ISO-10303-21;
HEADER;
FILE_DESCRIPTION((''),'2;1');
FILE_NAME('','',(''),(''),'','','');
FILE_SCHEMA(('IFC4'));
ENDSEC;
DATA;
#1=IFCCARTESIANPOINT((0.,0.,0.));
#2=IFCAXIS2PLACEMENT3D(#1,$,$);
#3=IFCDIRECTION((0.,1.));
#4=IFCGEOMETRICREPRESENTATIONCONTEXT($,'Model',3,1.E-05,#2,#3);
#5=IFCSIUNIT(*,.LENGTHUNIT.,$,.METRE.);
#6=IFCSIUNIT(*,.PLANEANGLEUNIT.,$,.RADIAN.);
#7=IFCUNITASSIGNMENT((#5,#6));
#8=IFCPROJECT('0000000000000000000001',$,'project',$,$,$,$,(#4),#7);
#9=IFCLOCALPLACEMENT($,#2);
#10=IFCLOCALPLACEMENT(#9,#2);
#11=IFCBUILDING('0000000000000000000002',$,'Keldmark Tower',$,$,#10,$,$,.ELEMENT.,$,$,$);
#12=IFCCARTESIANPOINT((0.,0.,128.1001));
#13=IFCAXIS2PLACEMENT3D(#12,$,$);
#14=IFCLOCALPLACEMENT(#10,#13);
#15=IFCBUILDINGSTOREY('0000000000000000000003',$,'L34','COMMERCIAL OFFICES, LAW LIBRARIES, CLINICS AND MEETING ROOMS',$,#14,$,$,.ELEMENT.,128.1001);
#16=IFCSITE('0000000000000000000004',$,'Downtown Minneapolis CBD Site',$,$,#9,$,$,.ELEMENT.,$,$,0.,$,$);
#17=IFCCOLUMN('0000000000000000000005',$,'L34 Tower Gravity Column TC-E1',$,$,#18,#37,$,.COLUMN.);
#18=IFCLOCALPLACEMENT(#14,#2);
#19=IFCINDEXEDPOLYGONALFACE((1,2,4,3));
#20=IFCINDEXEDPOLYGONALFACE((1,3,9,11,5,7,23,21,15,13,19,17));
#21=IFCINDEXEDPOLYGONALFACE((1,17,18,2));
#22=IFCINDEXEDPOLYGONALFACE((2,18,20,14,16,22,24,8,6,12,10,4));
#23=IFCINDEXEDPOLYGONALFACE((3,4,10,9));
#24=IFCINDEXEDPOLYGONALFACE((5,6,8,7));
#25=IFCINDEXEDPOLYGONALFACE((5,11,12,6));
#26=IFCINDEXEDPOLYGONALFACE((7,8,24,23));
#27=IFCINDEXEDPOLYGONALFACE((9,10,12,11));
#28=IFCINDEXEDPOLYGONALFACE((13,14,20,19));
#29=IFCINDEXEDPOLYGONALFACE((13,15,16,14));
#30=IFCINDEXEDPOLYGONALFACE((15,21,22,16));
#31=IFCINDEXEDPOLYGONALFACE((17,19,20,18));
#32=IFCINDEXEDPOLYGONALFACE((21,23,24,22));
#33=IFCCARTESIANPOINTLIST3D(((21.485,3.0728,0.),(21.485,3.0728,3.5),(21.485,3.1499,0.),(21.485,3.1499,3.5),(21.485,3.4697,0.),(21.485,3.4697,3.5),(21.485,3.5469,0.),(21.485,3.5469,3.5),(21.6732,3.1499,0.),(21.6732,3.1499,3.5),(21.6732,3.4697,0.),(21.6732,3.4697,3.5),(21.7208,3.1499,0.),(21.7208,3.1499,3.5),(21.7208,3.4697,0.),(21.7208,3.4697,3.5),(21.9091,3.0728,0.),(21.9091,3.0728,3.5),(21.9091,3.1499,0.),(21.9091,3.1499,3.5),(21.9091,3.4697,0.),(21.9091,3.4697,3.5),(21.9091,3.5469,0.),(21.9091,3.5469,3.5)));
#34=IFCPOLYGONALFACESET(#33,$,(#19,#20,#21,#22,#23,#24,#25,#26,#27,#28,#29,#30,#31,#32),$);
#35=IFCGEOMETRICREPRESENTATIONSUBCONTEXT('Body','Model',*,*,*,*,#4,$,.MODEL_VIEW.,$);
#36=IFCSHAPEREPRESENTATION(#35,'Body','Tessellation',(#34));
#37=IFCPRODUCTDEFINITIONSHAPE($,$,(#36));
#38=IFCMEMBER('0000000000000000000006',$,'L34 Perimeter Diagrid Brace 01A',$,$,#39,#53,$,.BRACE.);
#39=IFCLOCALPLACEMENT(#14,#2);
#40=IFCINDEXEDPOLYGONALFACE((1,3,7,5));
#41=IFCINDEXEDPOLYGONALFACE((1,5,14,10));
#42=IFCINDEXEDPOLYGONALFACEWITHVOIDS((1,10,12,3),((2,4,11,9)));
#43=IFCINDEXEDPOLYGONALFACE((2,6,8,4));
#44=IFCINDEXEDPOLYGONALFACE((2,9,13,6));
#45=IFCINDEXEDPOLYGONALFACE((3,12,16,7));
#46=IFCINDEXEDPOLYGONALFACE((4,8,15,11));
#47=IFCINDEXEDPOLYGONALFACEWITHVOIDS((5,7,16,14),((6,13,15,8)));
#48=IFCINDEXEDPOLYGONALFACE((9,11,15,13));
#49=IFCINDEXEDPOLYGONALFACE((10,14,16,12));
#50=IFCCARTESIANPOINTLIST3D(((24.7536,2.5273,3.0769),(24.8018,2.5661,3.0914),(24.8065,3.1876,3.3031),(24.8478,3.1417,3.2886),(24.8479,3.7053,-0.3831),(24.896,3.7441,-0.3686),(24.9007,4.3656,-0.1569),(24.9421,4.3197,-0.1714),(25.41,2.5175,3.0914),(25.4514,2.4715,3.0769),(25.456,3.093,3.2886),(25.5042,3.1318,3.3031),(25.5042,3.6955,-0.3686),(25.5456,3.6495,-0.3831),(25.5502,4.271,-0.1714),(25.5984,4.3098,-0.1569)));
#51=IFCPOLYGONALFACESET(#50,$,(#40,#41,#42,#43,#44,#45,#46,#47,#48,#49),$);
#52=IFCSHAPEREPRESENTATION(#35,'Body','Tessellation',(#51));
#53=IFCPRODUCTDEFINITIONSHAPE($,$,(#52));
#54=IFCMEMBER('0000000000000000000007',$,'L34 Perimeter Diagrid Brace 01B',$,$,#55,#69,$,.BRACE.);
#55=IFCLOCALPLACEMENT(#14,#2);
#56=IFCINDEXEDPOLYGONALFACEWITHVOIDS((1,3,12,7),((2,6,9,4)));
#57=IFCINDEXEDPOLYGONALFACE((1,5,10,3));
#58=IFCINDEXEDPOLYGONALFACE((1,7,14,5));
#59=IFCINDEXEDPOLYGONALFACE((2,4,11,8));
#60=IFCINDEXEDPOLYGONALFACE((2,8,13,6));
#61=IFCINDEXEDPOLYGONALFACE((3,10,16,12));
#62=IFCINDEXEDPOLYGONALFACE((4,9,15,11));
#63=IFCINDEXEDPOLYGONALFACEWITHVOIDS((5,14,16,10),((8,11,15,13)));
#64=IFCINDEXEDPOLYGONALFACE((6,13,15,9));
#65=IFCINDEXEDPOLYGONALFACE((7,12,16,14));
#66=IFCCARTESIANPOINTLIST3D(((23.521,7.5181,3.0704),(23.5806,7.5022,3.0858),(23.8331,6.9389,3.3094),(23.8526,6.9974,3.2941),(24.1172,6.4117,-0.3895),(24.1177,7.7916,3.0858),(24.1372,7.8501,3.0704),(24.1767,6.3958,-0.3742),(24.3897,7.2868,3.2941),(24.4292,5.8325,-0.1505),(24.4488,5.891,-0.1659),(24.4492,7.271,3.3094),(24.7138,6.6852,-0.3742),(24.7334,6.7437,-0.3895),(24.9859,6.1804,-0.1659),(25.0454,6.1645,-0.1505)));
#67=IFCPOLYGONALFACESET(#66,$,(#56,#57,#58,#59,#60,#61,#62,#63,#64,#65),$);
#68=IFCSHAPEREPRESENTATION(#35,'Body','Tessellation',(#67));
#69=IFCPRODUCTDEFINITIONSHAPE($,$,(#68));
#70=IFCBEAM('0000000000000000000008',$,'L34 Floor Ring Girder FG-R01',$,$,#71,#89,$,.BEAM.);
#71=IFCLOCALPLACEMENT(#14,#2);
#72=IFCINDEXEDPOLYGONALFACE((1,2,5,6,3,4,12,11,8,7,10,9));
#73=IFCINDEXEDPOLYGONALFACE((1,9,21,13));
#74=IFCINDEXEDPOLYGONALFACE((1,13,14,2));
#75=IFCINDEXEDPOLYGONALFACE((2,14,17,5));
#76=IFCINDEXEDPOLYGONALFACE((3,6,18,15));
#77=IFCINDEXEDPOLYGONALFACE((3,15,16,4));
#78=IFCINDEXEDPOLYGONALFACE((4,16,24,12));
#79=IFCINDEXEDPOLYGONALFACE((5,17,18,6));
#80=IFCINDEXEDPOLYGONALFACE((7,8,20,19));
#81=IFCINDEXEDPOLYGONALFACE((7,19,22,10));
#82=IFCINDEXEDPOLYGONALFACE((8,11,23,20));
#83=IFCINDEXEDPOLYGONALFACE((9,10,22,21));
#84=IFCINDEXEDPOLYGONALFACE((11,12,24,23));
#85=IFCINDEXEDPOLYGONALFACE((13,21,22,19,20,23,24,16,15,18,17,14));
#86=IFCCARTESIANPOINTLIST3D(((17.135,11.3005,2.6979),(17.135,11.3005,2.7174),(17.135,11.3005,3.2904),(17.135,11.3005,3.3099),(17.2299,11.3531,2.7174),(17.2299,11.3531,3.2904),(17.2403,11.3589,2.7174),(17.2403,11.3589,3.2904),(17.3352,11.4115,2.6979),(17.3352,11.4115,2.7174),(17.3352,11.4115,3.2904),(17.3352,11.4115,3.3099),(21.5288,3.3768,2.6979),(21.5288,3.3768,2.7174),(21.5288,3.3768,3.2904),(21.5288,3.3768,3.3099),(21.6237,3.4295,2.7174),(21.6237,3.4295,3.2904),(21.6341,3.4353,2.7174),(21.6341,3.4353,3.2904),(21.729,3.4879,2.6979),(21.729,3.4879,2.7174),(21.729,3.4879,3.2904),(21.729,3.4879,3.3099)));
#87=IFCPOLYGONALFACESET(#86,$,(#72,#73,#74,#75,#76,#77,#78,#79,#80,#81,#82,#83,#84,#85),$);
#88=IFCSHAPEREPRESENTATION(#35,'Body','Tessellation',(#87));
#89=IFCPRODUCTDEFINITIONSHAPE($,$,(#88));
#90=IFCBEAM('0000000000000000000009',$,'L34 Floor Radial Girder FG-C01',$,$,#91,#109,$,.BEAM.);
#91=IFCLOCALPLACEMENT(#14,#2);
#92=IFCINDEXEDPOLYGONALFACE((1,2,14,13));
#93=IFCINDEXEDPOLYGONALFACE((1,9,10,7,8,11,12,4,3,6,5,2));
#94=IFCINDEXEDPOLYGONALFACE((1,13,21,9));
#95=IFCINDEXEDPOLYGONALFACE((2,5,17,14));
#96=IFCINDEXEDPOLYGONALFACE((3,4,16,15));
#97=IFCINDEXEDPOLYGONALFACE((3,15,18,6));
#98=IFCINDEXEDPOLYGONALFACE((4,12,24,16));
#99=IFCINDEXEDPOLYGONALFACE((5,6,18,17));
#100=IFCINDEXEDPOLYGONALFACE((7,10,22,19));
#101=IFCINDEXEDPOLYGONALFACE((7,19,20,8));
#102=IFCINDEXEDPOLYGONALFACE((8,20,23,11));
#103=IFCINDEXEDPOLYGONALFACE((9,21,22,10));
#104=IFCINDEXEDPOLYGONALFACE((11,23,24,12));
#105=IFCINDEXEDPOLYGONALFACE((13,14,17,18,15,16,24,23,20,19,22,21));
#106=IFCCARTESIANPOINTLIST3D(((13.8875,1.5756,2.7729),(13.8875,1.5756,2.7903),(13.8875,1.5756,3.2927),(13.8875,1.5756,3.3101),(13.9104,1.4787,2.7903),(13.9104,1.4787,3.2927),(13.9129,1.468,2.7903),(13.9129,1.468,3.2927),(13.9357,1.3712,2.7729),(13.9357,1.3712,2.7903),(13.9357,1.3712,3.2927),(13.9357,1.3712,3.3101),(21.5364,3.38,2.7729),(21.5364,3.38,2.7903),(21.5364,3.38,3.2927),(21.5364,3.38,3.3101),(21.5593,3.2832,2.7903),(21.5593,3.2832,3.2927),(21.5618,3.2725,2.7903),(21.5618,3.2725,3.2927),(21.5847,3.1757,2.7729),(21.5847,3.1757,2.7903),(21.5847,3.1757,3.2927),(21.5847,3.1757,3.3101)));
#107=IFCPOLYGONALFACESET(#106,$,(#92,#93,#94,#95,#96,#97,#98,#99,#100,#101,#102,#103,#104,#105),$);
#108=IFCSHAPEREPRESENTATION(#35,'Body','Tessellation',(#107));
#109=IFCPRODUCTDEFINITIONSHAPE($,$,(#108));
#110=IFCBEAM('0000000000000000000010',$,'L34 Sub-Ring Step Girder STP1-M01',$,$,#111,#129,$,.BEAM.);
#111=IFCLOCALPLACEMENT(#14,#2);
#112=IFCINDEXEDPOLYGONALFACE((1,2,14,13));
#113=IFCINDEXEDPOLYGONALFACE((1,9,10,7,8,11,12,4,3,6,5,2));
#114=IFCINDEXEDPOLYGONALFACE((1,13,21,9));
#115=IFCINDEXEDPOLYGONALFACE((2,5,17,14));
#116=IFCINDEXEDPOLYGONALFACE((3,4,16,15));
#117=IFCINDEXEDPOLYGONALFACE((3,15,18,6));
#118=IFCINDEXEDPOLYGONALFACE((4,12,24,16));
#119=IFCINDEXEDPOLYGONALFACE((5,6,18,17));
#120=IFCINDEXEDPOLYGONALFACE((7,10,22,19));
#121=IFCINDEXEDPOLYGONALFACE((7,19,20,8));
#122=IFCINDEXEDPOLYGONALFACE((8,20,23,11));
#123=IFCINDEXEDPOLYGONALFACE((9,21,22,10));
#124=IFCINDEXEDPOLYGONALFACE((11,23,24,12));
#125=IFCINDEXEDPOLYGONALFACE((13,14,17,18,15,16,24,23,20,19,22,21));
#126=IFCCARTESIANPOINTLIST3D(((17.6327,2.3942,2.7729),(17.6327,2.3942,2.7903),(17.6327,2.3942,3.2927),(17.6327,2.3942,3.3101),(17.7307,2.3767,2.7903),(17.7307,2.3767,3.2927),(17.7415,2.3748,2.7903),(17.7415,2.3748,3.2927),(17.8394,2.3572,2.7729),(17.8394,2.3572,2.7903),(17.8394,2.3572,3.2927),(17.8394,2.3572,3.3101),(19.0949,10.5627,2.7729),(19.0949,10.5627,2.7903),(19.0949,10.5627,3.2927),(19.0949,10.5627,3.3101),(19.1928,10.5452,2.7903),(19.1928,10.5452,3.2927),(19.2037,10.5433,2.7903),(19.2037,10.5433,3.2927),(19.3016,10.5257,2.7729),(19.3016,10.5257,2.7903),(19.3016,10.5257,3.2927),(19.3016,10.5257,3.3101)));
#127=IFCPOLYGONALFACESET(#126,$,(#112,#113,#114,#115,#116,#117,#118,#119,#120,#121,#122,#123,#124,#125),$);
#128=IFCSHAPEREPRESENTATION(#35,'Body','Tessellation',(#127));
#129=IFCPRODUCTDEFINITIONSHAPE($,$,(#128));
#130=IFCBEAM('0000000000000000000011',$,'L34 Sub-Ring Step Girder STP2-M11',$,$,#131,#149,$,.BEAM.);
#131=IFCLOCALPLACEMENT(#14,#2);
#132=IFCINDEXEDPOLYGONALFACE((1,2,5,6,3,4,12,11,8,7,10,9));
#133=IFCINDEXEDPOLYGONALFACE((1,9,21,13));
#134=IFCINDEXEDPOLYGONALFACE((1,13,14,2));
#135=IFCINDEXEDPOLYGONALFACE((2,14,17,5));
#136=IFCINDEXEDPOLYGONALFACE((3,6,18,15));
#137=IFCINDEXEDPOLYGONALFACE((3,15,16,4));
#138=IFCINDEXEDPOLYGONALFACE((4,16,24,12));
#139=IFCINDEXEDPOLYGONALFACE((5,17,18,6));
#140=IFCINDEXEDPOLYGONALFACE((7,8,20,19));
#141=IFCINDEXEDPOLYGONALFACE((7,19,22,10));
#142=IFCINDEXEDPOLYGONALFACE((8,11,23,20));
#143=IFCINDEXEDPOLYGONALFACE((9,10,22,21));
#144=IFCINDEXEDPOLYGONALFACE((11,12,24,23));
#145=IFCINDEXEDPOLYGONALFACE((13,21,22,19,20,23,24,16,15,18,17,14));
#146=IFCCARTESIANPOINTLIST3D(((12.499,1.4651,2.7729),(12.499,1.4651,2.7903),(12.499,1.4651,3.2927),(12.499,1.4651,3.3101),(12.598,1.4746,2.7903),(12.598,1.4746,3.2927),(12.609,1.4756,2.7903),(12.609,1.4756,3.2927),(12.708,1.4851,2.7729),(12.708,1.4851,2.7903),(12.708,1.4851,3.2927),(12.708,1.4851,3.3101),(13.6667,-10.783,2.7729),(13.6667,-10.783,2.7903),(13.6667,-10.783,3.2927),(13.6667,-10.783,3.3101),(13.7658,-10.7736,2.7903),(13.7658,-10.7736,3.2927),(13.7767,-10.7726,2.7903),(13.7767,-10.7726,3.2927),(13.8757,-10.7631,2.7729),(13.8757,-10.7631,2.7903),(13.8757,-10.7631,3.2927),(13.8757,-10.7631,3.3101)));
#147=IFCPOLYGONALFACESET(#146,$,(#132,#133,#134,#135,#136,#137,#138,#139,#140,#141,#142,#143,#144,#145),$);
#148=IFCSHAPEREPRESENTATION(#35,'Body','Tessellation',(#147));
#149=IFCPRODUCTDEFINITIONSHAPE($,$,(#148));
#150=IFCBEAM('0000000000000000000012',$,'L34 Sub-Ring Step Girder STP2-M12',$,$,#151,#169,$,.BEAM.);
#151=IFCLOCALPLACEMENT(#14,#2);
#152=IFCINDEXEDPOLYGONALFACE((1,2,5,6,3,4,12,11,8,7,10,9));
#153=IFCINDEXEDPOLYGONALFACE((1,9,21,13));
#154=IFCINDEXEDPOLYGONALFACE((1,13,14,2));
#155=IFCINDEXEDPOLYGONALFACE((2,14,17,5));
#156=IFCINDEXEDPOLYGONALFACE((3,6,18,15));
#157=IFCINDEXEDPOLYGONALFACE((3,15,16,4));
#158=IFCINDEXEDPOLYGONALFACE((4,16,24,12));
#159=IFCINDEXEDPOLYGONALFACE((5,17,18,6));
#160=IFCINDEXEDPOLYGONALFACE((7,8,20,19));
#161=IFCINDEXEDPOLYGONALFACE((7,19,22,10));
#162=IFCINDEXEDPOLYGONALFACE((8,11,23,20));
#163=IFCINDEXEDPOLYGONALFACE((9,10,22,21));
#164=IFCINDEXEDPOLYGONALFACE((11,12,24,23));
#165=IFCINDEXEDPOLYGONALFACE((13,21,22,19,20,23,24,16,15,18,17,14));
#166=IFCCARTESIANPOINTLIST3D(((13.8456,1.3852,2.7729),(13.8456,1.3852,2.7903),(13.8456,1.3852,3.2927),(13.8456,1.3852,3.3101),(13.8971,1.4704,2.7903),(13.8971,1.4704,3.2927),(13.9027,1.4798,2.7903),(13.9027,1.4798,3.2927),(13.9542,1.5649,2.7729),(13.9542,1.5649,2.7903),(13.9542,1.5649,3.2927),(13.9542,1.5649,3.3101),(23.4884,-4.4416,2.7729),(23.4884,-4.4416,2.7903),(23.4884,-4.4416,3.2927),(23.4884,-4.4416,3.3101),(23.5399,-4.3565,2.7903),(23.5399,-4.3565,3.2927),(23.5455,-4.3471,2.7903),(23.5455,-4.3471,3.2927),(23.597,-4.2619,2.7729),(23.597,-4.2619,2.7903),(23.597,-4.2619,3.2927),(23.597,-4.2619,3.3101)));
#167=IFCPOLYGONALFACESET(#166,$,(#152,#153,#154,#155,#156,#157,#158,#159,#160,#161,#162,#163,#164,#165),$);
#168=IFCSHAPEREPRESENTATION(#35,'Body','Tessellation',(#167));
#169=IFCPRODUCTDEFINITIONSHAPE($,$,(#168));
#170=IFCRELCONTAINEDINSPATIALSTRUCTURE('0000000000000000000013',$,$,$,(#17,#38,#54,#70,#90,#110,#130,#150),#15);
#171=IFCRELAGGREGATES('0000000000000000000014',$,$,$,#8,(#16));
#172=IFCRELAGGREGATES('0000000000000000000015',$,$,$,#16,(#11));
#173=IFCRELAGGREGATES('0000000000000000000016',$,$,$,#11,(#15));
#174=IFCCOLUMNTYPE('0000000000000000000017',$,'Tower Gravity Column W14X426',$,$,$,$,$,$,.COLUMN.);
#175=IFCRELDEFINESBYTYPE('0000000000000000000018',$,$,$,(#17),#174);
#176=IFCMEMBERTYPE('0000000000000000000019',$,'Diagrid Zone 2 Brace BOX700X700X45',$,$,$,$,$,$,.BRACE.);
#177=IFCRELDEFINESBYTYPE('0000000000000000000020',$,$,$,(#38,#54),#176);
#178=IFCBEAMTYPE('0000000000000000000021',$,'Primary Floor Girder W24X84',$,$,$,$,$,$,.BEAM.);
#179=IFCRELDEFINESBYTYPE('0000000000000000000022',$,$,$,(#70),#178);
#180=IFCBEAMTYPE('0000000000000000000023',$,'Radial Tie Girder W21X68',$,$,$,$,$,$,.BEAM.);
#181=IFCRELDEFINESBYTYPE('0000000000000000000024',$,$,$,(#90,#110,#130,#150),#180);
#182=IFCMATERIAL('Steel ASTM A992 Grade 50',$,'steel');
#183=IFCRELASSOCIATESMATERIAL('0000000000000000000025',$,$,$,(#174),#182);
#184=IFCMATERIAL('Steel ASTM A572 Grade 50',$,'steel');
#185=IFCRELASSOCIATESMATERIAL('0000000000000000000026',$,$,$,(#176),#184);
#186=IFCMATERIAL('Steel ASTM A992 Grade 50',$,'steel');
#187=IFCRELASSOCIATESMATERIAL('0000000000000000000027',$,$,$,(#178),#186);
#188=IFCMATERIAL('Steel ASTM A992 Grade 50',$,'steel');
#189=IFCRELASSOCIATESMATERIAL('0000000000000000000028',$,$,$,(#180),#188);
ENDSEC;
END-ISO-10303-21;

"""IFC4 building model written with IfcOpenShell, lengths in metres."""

from ifc_helpers import new_model, si_unit, direction, frame, origin, origin_2d, place, context, subcontext, project, spatial, hollow_rectangle, i_section, extrude, material, material_profile, profile_set, type_object, element, save


model = new_model("IFC4")

# Units and contexts
model_context = context("Model", 3, precision=1e-05, world=origin(), true_north=direction((0.0, 1.0)))
body_context = subcontext(model_context, "Body", "Model", "MODEL_VIEW")
ifc_project = project(units=[si_unit("LENGTHUNIT", "METRE"), si_unit("PLANEANGLEUNIT", "RADIAN")], contexts=[model_context])

# Site, building, storey
site_placement = place(None, origin())
site = spatial("IfcSite", under=ifc_project, at=site_placement, Name="Downtown Minneapolis CBD Site", CompositionType="ELEMENT", RefElevation=0.0)
building_placement = place(site_placement, origin())
building = spatial("IfcBuilding", under=site, at=building_placement, Name="Keldmark Tower", CompositionType="ELEMENT")
storey_placement = place(building_placement, frame((0.0, 0.0, 128.1001)))
storey = spatial("IfcBuildingStorey", under=building, at=storey_placement, Name="L34", Description="COMMERCIAL OFFICES, LAW LIBRARIES, CLINICS AND MEETING ROOMS", CompositionType="ELEMENT", Elevation=128.1001)

# Column
ifc_material_1 = material(Name="Steel ASTM A992 Grade 50", Category="steel")
ifc_material_profile_1 = material_profile(ifc_material_1, i_section(OverallWidth=0.4241, OverallDepth=0.4741, WebThickness=0.0476, FlangeThickness=0.0771, at=origin_2d()), Name="W14X426")
ifc_profile_set_1 = profile_set([ifc_material_profile_1], Name="Steel ASTM A992 Grade 50")
column_type = type_object("IfcColumnType", Name="Tower Gravity Column W14X426", PredefinedType="COLUMN", material=ifc_profile_set_1)
column_placement = place(storey_placement, frame((21.697, 3.3098, 0.0), z_axis=(0.0, 0.0, 1.0), x_axis=(1.0, 0.0, 0.0)))
element("IfcColumn", 1, at=column_placement, inside=storey, type_object=column_type, Name="L34 Tower Gravity Column TC-E1", PredefinedType="COLUMN", context=body_context, shape_type="SweptSolid", body=[
    extrude(i_section(OverallWidth=0.4241, OverallDepth=0.4741, WebThickness=0.0476, FlangeThickness=0.0771, at=origin_2d()), origin(), (0.0, 0.0, 1.0), 3.5),
])

# Members
ifc_material_2 = material(Name="Steel ASTM A572 Grade 50", Category="steel")
ifc_material_profile_2 = material_profile(ifc_material_2, hollow_rectangle(XDim=0.7, YDim=0.7, WallThickness=0.0449, at=origin_2d()), Name="BOX700X700X45")
ifc_profile_set_2 = profile_set([ifc_material_profile_2], Name="Steel ASTM A572 Grade 50")
member_type = type_object("IfcMemberType", Name="Diagrid Zone 2 Brace BOX700X700X45", PredefinedType="BRACE", material=ifc_profile_set_2)
member_1_placement = place(storey_placement, frame((25.2231, 4.0076, -0.27), z_axis=(-0.025775, -0.322186, 0.946325), x_axis=(0.996815, -0.079745, 0.0)))
element("IfcMember", 2, at=member_1_placement, inside=storey, type_object=member_type, Name="L34 Perimeter Diagrid Brace 01A", PredefinedType="BRACE", context=body_context, shape_type="SweptSolid", body=[
    extrude(hollow_rectangle(XDim=0.7, YDim=0.7, WallThickness=0.0449, at=origin_2d()), origin(), (0.0, 0.0, 1.0), 3.6562),
])
member_2_placement = place(storey_placement, frame((24.5813, 6.2881, -0.27), z_axis=(-0.161957, 0.300569, 0.939909), x_axis=(-0.880334, -0.474355, 0.0)))
element("IfcMember", 3, at=member_2_placement, inside=storey, type_object=member_type, Name="L34 Perimeter Diagrid Brace 01B", PredefinedType="BRACE", context=body_context, shape_type="SweptSolid", body=[
    extrude(hollow_rectangle(XDim=0.7, YDim=0.7, WallThickness=0.0449, at=origin_2d()), origin(), (0.0, 0.0, 1.0), 3.6812),
])

# Beams
ifc_material_3 = material(Name="Steel ASTM A992 Grade 50", Category="steel")
ifc_material_profile_3 = material_profile(ifc_material_3, i_section(OverallWidth=0.229, OverallDepth=0.6121, WebThickness=0.012, FlangeThickness=0.0195, at=origin_2d()), Name="W24X84")
ifc_profile_set_3 = profile_set([ifc_material_profile_3], Name="Steel ASTM A992 Grade 50")
beam_type_1 = type_object("IfcBeamType", Name="Primary Floor Girder W24X84", PredefinedType="BEAM", material=ifc_profile_set_3)
beam_1_placement = place(storey_placement, frame((21.6289, 3.4324, 3.0039), z_axis=(-0.484952, 0.874541, 0.0), x_axis=(-0.874541, -0.484952, 0.0)))
element("IfcBeam", 4, at=beam_1_placement, inside=storey, type_object=beam_type_1, Name="L34 Floor Ring Girder FG-R01", PredefinedType="BEAM", context=body_context, shape_type="SweptSolid", body=[
    extrude(i_section(OverallWidth=0.229, OverallDepth=0.6121, WebThickness=0.012, FlangeThickness=0.0195, at=origin_2d()), origin(), (0.0, 0.0, 1.0), 9.0603),
])
ifc_material_4 = material(Name="Steel ASTM A992 Grade 50", Category="steel")
ifc_material_profile_4 = material_profile(ifc_material_4, i_section(OverallWidth=0.21, OverallDepth=0.5371, WebThickness=0.011, FlangeThickness=0.0173, at=origin_2d()), Name="W21X68")
ifc_profile_set_4 = profile_set([ifc_material_profile_4], Name="Steel ASTM A992 Grade 50")
beam_type_2 = type_object("IfcBeamType", Name="Radial Tie Girder W21X68", PredefinedType="BEAM", material=ifc_profile_set_4)
beam_2_placement = place(storey_placement, frame((21.5605, 3.2778, 3.0415), z_axis=(-0.973284, -0.229606, 0.0), x_axis=(0.229606, -0.973284, 0.0)))
element("IfcBeam", 5, at=beam_2_placement, inside=storey, type_object=beam_type_2, Name="L34 Floor Radial Girder FG-C01", PredefinedType="BEAM", context=body_context, shape_type="SweptSolid", body=[
    extrude(i_section(OverallWidth=0.21, OverallDepth=0.5371, WebThickness=0.011, FlangeThickness=0.0173, at=origin_2d()), origin(), (0.0, 0.0, 1.0), 7.8589),
])
beam_3_placement = place(storey_placement, frame((17.7361, 2.3757, 3.0415), z_axis=(0.1762, 0.984354, 0.0), x_axis=(-0.984354, 0.1762, 0.0)))
element("IfcBeam", 6, at=beam_3_placement, inside=storey, type_object=beam_type_2, Name="L34 Sub-Ring Step Girder STP1-M01", PredefinedType="BEAM", context=body_context, shape_type="SweptSolid", body=[
    extrude(i_section(OverallWidth=0.21, OverallDepth=0.5371, WebThickness=0.011, FlangeThickness=0.0173, at=origin_2d()), origin(), (0.0, 0.0, 1.0), 8.2983),
])
beam_4_placement = place(storey_placement, frame((12.6035, 1.4751, 3.0415), z_axis=(0.094907, -0.995486, 0.0), x_axis=(0.995486, 0.094907, 0.0)))
element("IfcBeam", 7, at=beam_4_placement, inside=storey, type_object=beam_type_2, Name="L34 Sub-Ring Step Girder STP2-M11", PredefinedType="BEAM", context=body_context, shape_type="SweptSolid", body=[
    extrude(i_section(OverallWidth=0.21, OverallDepth=0.5371, WebThickness=0.011, FlangeThickness=0.0173, at=origin_2d()), origin(), (0.0, 0.0, 1.0), 12.3037),
])
beam_5_placement = place(storey_placement, frame((13.8999, 1.4751, 3.0415), z_axis=(0.855875, -0.517183, 0.0), x_axis=(0.517183, 0.855875, 0.0)))
element("IfcBeam", 8, at=beam_5_placement, inside=storey, type_object=beam_type_2, Name="L34 Sub-Ring Step Girder STP2-M12", PredefinedType="BEAM", context=body_context, shape_type="SweptSolid", body=[
    extrude(i_section(OverallWidth=0.21, OverallDepth=0.5371, WebThickness=0.011, FlangeThickness=0.0173, at=origin_2d()), origin(), (0.0, 0.0, 1.0), 11.2666),
])

save(model, "model.ifc")
